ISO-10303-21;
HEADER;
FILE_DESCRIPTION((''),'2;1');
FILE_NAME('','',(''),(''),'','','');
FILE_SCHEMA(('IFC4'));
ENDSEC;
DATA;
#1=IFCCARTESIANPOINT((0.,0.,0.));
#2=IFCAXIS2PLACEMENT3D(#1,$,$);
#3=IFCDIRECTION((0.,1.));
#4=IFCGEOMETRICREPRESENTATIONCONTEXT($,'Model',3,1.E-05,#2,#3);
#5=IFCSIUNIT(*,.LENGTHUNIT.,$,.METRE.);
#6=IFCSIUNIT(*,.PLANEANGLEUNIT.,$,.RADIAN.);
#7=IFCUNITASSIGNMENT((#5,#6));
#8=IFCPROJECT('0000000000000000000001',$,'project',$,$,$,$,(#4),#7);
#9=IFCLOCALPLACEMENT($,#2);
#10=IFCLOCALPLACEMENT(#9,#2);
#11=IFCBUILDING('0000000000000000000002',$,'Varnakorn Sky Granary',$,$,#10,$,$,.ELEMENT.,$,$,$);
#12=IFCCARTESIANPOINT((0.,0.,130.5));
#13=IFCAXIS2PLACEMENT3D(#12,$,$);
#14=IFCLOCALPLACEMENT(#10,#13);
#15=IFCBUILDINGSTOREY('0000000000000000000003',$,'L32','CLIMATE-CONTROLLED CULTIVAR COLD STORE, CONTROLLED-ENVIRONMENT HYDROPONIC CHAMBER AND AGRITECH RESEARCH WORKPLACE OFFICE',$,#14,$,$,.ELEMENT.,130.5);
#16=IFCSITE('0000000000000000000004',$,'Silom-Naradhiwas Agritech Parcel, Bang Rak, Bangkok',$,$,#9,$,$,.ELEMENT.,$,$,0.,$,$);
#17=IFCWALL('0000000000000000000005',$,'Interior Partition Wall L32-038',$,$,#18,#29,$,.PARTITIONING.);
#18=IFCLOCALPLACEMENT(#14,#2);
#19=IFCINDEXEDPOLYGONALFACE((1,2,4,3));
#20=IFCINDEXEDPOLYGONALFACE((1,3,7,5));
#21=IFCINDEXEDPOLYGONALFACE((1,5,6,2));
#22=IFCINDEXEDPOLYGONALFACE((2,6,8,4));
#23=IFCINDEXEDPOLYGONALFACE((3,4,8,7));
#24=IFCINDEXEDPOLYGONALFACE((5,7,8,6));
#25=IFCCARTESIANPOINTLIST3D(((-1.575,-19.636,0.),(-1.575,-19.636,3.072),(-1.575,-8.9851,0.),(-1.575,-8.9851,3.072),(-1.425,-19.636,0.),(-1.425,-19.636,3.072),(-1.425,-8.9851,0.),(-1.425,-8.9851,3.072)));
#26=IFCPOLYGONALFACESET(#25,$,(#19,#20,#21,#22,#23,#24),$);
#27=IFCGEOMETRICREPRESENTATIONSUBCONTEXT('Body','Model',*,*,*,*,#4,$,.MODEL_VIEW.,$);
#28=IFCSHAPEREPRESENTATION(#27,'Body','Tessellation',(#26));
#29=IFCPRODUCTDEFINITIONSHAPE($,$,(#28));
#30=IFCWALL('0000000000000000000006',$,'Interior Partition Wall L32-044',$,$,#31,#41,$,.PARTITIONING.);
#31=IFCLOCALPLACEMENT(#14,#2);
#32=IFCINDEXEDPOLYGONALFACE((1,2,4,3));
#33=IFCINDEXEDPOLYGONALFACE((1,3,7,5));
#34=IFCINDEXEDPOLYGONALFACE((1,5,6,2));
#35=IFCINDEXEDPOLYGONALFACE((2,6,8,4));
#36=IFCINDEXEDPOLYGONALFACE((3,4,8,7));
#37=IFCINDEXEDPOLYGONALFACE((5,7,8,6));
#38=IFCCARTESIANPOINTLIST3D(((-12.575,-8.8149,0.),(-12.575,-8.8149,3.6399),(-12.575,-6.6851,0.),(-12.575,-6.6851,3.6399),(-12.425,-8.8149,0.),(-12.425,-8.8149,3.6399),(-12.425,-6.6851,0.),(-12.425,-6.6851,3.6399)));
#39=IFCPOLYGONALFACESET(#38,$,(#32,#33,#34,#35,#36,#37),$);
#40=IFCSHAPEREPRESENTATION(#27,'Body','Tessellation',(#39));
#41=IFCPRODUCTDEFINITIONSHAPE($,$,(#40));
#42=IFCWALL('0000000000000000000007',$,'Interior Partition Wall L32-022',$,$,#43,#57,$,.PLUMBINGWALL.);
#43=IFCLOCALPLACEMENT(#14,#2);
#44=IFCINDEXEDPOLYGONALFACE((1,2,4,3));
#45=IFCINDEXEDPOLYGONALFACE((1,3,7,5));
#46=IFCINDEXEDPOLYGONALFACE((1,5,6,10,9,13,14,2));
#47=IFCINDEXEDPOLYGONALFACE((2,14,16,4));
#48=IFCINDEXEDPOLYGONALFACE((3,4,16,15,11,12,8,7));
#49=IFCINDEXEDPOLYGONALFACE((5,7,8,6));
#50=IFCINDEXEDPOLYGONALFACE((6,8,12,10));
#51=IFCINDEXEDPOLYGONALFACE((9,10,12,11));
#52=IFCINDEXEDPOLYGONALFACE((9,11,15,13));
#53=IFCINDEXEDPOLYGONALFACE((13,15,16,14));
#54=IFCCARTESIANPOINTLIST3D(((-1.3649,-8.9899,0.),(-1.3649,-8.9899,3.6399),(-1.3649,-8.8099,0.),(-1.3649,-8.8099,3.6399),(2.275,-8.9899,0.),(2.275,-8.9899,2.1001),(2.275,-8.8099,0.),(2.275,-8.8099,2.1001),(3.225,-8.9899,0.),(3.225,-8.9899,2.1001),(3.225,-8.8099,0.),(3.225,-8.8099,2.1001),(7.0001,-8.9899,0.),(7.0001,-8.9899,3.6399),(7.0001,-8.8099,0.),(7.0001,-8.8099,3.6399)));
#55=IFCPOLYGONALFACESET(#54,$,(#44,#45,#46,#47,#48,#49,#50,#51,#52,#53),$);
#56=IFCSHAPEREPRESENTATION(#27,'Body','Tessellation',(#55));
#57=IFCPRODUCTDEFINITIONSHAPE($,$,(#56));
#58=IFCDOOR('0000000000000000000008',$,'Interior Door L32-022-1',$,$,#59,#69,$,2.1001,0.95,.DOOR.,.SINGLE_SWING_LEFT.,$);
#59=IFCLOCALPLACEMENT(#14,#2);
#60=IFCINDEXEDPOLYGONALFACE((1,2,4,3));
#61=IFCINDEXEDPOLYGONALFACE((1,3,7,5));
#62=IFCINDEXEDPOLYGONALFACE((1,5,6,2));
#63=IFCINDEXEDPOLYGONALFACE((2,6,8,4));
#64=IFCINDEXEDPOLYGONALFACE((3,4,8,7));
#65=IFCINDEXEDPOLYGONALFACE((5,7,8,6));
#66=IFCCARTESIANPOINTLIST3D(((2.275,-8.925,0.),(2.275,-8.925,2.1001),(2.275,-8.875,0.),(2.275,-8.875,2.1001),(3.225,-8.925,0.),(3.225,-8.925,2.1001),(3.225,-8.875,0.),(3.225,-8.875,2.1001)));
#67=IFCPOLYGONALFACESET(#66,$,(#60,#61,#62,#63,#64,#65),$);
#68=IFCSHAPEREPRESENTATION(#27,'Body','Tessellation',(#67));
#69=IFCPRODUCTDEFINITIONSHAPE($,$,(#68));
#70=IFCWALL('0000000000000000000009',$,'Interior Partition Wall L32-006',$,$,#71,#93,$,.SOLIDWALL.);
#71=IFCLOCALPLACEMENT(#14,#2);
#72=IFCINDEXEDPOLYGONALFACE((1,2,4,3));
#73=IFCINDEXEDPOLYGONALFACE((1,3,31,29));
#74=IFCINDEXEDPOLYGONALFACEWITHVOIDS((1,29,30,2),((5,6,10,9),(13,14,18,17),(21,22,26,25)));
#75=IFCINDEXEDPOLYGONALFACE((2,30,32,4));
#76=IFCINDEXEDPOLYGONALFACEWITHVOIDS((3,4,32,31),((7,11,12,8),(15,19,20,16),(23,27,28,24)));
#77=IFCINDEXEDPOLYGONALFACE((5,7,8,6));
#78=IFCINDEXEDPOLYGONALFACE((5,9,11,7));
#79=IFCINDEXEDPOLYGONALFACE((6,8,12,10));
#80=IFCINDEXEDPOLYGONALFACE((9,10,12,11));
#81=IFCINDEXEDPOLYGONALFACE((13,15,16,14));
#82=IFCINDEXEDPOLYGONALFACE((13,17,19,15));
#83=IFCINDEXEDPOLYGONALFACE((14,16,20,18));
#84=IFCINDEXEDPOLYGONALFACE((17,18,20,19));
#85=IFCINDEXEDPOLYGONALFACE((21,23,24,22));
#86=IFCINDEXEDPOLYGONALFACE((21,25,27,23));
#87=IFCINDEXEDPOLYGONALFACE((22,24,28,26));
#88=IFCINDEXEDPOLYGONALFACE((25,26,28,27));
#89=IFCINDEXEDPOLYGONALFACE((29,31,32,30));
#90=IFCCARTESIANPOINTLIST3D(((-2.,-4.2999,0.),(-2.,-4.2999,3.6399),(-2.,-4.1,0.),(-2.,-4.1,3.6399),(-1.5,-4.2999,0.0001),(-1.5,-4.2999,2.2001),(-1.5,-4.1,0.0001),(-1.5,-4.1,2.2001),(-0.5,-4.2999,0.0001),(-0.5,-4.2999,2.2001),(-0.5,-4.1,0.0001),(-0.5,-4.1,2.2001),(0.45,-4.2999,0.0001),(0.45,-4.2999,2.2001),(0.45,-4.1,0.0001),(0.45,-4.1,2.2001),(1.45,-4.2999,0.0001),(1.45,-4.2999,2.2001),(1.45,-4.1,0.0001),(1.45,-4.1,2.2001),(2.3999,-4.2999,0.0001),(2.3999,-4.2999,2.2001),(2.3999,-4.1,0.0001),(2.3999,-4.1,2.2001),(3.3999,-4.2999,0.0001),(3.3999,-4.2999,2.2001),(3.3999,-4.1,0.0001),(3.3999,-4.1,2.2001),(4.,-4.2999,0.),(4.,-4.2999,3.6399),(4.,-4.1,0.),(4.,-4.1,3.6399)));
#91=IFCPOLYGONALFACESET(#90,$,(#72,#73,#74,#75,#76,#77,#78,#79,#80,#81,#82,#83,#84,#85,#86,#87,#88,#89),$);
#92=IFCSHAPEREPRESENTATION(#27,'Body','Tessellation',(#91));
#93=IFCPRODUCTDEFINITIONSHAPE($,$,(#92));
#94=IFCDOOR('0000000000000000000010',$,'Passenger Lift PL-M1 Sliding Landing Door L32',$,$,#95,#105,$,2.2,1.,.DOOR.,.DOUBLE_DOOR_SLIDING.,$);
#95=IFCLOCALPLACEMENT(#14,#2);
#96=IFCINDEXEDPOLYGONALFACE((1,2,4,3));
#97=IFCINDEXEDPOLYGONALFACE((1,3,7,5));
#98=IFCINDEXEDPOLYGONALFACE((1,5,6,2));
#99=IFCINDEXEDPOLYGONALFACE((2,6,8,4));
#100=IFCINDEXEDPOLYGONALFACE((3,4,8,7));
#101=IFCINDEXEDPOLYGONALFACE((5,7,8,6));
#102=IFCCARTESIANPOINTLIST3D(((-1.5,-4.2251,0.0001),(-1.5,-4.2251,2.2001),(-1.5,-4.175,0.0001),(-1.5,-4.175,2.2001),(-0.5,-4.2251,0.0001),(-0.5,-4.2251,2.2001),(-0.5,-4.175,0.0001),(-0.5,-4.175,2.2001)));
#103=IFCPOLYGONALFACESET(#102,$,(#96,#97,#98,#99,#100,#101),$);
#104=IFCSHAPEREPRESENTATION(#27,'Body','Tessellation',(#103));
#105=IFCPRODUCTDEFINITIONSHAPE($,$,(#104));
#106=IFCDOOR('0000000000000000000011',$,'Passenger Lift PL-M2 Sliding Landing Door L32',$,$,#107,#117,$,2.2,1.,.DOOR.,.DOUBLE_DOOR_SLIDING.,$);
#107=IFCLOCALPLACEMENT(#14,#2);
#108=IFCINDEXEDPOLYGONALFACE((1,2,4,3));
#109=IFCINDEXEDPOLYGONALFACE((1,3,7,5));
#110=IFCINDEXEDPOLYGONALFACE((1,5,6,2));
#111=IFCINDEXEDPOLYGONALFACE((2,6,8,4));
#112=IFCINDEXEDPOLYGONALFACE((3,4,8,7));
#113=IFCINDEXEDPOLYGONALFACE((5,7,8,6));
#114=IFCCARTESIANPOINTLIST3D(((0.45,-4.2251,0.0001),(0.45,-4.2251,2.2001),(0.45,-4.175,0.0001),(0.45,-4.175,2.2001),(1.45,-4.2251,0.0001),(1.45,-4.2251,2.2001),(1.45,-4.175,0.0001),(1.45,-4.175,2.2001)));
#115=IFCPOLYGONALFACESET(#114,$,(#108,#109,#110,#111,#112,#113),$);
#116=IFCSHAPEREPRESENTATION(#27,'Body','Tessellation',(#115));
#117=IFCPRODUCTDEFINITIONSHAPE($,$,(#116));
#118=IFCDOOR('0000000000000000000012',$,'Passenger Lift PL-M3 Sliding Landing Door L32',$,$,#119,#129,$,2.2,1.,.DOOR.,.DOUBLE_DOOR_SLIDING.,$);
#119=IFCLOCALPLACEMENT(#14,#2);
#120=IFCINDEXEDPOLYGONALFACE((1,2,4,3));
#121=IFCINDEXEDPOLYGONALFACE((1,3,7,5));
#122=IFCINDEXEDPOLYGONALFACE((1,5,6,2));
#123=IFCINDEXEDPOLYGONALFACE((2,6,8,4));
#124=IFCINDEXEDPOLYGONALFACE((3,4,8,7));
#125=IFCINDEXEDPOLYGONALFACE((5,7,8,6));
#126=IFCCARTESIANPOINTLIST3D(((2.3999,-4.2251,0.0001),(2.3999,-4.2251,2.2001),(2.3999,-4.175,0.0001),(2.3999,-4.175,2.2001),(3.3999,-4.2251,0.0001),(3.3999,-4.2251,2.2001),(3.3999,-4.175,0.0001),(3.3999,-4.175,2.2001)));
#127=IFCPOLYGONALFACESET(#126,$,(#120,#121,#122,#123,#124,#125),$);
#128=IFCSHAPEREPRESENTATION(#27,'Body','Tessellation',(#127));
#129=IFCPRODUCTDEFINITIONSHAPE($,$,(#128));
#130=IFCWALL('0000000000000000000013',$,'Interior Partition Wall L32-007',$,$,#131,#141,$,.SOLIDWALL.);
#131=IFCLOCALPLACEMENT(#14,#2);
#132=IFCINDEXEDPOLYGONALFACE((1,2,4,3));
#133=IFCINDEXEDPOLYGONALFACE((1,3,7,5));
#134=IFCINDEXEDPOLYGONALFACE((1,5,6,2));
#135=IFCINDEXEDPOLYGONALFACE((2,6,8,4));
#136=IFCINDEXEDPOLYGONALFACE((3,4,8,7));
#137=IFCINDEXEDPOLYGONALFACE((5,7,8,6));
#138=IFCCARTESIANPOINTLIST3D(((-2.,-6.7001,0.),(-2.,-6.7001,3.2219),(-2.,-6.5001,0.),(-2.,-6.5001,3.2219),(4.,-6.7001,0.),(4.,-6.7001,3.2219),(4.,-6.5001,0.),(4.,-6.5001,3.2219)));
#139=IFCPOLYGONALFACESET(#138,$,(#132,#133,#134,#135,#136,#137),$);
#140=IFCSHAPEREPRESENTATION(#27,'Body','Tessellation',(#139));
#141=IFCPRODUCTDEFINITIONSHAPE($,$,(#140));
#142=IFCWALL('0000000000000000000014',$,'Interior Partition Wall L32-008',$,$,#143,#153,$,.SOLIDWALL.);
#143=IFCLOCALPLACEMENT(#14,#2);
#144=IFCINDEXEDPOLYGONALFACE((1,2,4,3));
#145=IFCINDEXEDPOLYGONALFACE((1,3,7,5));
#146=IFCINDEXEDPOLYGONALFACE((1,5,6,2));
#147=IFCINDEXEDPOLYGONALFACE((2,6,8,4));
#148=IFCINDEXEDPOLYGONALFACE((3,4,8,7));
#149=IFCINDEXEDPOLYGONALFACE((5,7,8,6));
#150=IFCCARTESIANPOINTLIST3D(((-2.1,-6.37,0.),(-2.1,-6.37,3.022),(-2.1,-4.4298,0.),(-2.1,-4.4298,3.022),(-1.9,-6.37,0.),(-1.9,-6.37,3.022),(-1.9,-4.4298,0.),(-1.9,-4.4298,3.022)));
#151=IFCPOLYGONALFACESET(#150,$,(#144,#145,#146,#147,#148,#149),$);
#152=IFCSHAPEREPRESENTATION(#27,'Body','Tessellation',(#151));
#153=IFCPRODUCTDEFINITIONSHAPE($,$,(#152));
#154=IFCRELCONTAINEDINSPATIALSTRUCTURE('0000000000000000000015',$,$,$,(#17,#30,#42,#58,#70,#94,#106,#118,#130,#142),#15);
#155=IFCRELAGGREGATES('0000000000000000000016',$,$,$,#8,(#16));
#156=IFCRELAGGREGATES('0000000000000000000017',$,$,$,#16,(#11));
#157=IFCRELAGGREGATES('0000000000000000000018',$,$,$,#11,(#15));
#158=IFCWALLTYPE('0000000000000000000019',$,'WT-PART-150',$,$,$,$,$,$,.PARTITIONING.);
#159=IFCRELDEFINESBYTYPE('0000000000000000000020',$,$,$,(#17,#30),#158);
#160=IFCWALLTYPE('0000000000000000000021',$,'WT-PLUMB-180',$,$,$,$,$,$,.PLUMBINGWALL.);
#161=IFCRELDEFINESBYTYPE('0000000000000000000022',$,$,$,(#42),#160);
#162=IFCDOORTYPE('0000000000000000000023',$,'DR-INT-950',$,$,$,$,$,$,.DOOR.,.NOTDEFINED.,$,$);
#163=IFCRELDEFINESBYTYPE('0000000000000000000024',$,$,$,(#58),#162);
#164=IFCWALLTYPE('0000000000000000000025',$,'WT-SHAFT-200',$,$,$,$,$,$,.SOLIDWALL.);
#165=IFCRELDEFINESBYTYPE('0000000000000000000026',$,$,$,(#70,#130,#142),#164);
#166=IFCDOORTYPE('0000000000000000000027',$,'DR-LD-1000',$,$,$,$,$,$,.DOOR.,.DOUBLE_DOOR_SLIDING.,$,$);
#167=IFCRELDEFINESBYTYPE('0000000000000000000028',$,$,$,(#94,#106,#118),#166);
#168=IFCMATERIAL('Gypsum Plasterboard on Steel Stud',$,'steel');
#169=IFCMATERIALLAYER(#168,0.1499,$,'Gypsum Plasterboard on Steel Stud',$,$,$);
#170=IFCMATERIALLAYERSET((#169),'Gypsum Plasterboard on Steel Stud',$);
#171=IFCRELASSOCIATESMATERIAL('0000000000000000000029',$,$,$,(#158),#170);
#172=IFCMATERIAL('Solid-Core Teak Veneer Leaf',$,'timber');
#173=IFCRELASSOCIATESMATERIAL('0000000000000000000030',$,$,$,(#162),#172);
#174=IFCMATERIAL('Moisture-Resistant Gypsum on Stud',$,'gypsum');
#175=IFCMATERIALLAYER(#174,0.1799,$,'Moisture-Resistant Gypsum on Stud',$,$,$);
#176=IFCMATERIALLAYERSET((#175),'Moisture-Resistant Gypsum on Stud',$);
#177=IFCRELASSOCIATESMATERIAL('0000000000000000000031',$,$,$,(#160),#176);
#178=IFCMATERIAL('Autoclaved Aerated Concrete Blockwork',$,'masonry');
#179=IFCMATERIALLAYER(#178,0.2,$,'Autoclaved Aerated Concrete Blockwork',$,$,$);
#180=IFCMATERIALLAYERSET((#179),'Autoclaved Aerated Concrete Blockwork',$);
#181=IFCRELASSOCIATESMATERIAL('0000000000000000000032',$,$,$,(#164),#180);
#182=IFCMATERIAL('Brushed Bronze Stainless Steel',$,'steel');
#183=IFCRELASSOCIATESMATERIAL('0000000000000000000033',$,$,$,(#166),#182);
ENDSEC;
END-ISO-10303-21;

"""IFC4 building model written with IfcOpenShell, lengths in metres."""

from ifc_helpers import new_model, si_unit, direction, frame, frame_2d, origin, place, context, subcontext, project, spatial, rectangle, extrude, material, layer, layer_set, type_object, element, fill, save


model = new_model("IFC4")

# Units and contexts
model_context = context("Model", 3, precision=1e-05, world=origin(), true_north=direction((0.0, 1.0)))
body_context = subcontext(model_context, "Body", "Model", "MODEL_VIEW")
ifc_project = project(units=[si_unit("LENGTHUNIT", "METRE"), si_unit("PLANEANGLEUNIT", "RADIAN")], contexts=[model_context])

# Site, building, storey
site_placement = place(None, origin())
site = spatial("IfcSite", under=ifc_project, at=site_placement, Name="Silom-Naradhiwas Agritech Parcel, Bang Rak, Bangkok", CompositionType="ELEMENT", RefElevation=0.0)
building_placement = place(site_placement, origin())
building = spatial("IfcBuilding", under=site, at=building_placement, Name="Varnakorn Sky Granary", CompositionType="ELEMENT")
storey_placement = place(building_placement, frame((0.0, 0.0, 130.5)))
storey = spatial("IfcBuildingStorey", under=building, at=storey_placement, Name="L32", Description="CLIMATE-CONTROLLED CULTIVAR COLD STORE, CONTROLLED-ENVIRONMENT HYDROPONIC CHAMBER AND AGRITECH RESEARCH WORKPLACE OFFICE", CompositionType="ELEMENT", Elevation=130.5)

# Shared definitions
ifc_material_1 = material(Name="Autoclaved Aerated Concrete Blockwork", Category="masonry")

# Shared definitions
ifc_material_2 = material(Name="Gypsum Plasterboard on Steel Stud", Category="steel")
ifc_layer_1 = layer(ifc_material_2, 0.1499, Name="Gypsum Plasterboard on Steel Stud")
ifc_layer_set_1 = layer_set([ifc_layer_1], Name="Gypsum Plasterboard on Steel Stud")
wall_type_1 = type_object("IfcWallType", Name="WT-PART-150", PredefinedType="PARTITIONING", material=ifc_layer_set_1)
ifc_material_3 = material(Name="Solid-Core Teak Veneer Leaf", Category="timber")
door_type_1 = type_object("IfcDoorType", Name="DR-INT-950", OperationType="NOTDEFINED", PredefinedType="DOOR", material=ifc_material_3)

# Walls
wall_1_placement = place(storey_placement, frame((-1.5, -8.9851, 0.0), z_axis=(0.0, 0.0, 1.0), x_axis=(0.0, -1.0, 0.0)))
element("IfcWall", 1, at=wall_1_placement, inside=storey, type_object=wall_type_1, Name="Interior Partition Wall L32-038", PredefinedType="PARTITIONING", context=body_context, shape_type="SweptSolid", body=[
    extrude(rectangle(XDim=10.6509, YDim=0.1499, at=frame_2d((5.3254, 0.0))), origin(), (0.0, 0.0, 1.0), 3.072),
])
wall_2_placement = place(storey_placement, frame((-12.5, -6.6851, 0.0), z_axis=(0.0, 0.0, 1.0), x_axis=(0.0, -1.0, 0.0)))
element("IfcWall", 2, at=wall_2_placement, inside=storey, type_object=wall_type_1, Name="Interior Partition Wall L32-044", PredefinedType="PARTITIONING", context=body_context, shape_type="SweptSolid", body=[
    extrude(rectangle(XDim=2.1299, YDim=0.1499, at=frame_2d((1.0649, 0.0))), origin(), (0.0, 0.0, 1.0), 3.6399),
])

# Wall, opening, door
ifc_material_4 = material(Name="Moisture-Resistant Gypsum on Stud", Category="gypsum")
ifc_layer_2 = layer(ifc_material_4, 0.1799, Name="Moisture-Resistant Gypsum on Stud")
ifc_layer_set_2 = layer_set([ifc_layer_2], Name="Moisture-Resistant Gypsum on Stud")
wall_type_2 = type_object("IfcWallType", Name="WT-PLUMB-180", PredefinedType="PLUMBINGWALL", material=ifc_layer_set_2)
wall_3_placement = place(storey_placement, frame((-1.365, -8.8999, 0.0), z_axis=(0.0, 0.0, 1.0), x_axis=(1.0, 0.0, 0.0)))
wall_3 = element("IfcWall", 3, at=wall_3_placement, inside=storey, type_object=wall_type_2, Name="Interior Partition Wall L32-022", PredefinedType="PLUMBINGWALL", context=body_context, shape_type="SweptSolid", body=[
    extrude(rectangle(XDim=8.365, YDim=0.1799, at=frame_2d((4.1826, 0.0))), origin(), (0.0, 0.0, 1.0), 3.6399),
])
opening_1_placement = place(wall_3_placement, frame((3.6399, 0.0, 0.0)))
opening_1 = element("IfcOpeningElement", 4, at=opening_1_placement, cuts=wall_3, PredefinedType="OPENING", context=body_context, shape_type="SweptSolid", body=[
    extrude(rectangle(XDim=0.95, YDim=2.1001, at=frame_2d((0.4751, 1.05))), frame((0.0, 0.1001, 0.0), z_axis=(0.0, -1.0, 0.0), x_axis=(1.0, 0.0, 0.0)), (0.0, 0.0, 1.0), 0.2),
])
door_1_placement = place(opening_1_placement, origin())
door_1 = element("IfcDoor", 5, at=door_1_placement, inside=storey, type_object=door_type_1, Name="Interior Door L32-022-1", OperationType="SINGLE_SWING_LEFT", OverallHeight=2.1001, OverallWidth=0.95, PredefinedType="DOOR", context=body_context, shape_type="SweptSolid", body=[
    extrude(rectangle(XDim=0.95, YDim=2.1001, at=frame_2d((0.4751, 1.05))), frame((0.0, 0.0249, 0.0), z_axis=(0.0, -1.0, 0.0), x_axis=(1.0, 0.0, 0.0)), (0.0, 0.0, 1.0), 0.05),
])
fill(opening_1, door_1)

# Wall, openings, doors
ifc_layer_3 = layer(ifc_material_1, 0.2, Name="Autoclaved Aerated Concrete Blockwork")
ifc_layer_set_3 = layer_set([ifc_layer_3], Name="Autoclaved Aerated Concrete Blockwork")
wall_type_3 = type_object("IfcWallType", Name="WT-SHAFT-200", PredefinedType="SOLIDWALL", material=ifc_layer_set_3)
wall_4_placement = place(storey_placement, frame((-2.0, -4.2, 0.0), z_axis=(0.0, 0.0, 1.0), x_axis=(1.0, 0.0, 0.0)))
wall_4 = element("IfcWall", 6, at=wall_4_placement, inside=storey, type_object=wall_type_3, Name="Interior Partition Wall L32-006", PredefinedType="SOLIDWALL", context=body_context, shape_type="SweptSolid", body=[
    extrude(rectangle(XDim=6.0, YDim=0.2, at=frame_2d((3.0, 0.0))), origin(), (0.0, 0.0, 1.0), 3.6399),
])
opening_2_placement = place(wall_4_placement, frame((0.5, 0.0, 0.0)))
opening_2 = element("IfcOpeningElement", 7, at=opening_2_placement, cuts=wall_4, PredefinedType="OPENING", context=body_context, shape_type="SweptSolid", body=[
    extrude(rectangle(XDim=1.0, YDim=2.2, at=frame_2d((0.5, 1.1001))), frame((0.0, 0.1099, 0.0), z_axis=(0.0, -1.0, 0.0), x_axis=(1.0, 0.0, 0.0)), (0.0, 0.0, 1.0), 0.22),
])
opening_3_placement = place(wall_4_placement, frame((2.45, 0.0, 0.0)))
opening_3 = element("IfcOpeningElement", 8, at=opening_3_placement, cuts=wall_4, PredefinedType="OPENING", context=body_context, shape_type="SweptSolid", body=[
    extrude(rectangle(XDim=1.0, YDim=2.2, at=frame_2d((0.5, 1.1001))), frame((0.0, 0.1099, 0.0), z_axis=(0.0, -1.0, 0.0), x_axis=(1.0, 0.0, 0.0)), (0.0, 0.0, 1.0), 0.22),
])
opening_4_placement = place(wall_4_placement, frame((4.3999, 0.0, 0.0)))
opening_4 = element("IfcOpeningElement", 9, at=opening_4_placement, cuts=wall_4, PredefinedType="OPENING", context=body_context, shape_type="SweptSolid", body=[
    extrude(rectangle(XDim=1.0, YDim=2.2, at=frame_2d((0.5, 1.1001))), frame((0.0, 0.1099, 0.0), z_axis=(0.0, -1.0, 0.0), x_axis=(1.0, 0.0, 0.0)), (0.0, 0.0, 1.0), 0.22),
])
ifc_material_5 = material(Name="Brushed Bronze Stainless Steel", Category="steel")
door_type_2 = type_object("IfcDoorType", Name="DR-LD-1000", OperationType="DOUBLE_DOOR_SLIDING", PredefinedType="DOOR", material=ifc_material_5)
door_2_placement = place(opening_2_placement, origin())
door_2 = element("IfcDoor", 10, at=door_2_placement, inside=storey, type_object=door_type_2, Name="Passenger Lift PL-M1 Sliding Landing Door L32", OperationType="DOUBLE_DOOR_SLIDING", OverallHeight=2.2, OverallWidth=1.0, PredefinedType="DOOR", context=body_context, shape_type="SweptSolid", body=[
    extrude(rectangle(XDim=1.0, YDim=2.2, at=frame_2d((0.5, 1.1001))), frame((0.0, 0.0249, 0.0), z_axis=(0.0, -1.0, 0.0), x_axis=(1.0, 0.0, 0.0)), (0.0, 0.0, 1.0), 0.05),
])
fill(opening_2, door_2)
door_3_placement = place(opening_3_placement, origin())
door_3 = element("IfcDoor", 11, at=door_3_placement, inside=storey, type_object=door_type_2, Name="Passenger Lift PL-M2 Sliding Landing Door L32", OperationType="DOUBLE_DOOR_SLIDING", OverallHeight=2.2, OverallWidth=1.0, PredefinedType="DOOR", context=body_context, shape_type="SweptSolid", body=[
    extrude(rectangle(XDim=1.0, YDim=2.2, at=frame_2d((0.5, 1.1001))), frame((0.0, 0.0249, 0.0), z_axis=(0.0, -1.0, 0.0), x_axis=(1.0, 0.0, 0.0)), (0.0, 0.0, 1.0), 0.05),
])
fill(opening_3, door_3)
door_4_placement = place(opening_4_placement, origin())
door_4 = element("IfcDoor", 12, at=door_4_placement, inside=storey, type_object=door_type_2, Name="Passenger Lift PL-M3 Sliding Landing Door L32", OperationType="DOUBLE_DOOR_SLIDING", OverallHeight=2.2, OverallWidth=1.0, PredefinedType="DOOR", context=body_context, shape_type="SweptSolid", body=[
    extrude(rectangle(XDim=1.0, YDim=2.2, at=frame_2d((0.5, 1.1001))), frame((0.0, 0.0249, 0.0), z_axis=(0.0, -1.0, 0.0), x_axis=(1.0, 0.0, 0.0)), (0.0, 0.0, 1.0), 0.05),
])
fill(opening_4, door_4)

# Walls
wall_5_placement = place(storey_placement, frame((-2.0, -6.6001, 0.0), z_axis=(0.0, 0.0, 1.0), x_axis=(1.0, 0.0, 0.0)))
element("IfcWall", 13, at=wall_5_placement, inside=storey, type_object=wall_type_3, Name="Interior Partition Wall L32-007", PredefinedType="SOLIDWALL", context=body_context, shape_type="SweptSolid", body=[
    extrude(rectangle(XDim=6.0, YDim=0.2, at=frame_2d((3.0, 0.0))), origin(), (0.0, 0.0, 1.0), 3.2219),
])
wall_6_placement = place(storey_placement, frame((-2.0, -6.3701, 0.0), z_axis=(0.0, 0.0, 1.0), x_axis=(0.0, 1.0, 0.0)))
element("IfcWall", 14, at=wall_6_placement, inside=storey, type_object=wall_type_3, Name="Interior Partition Wall L32-008", PredefinedType="SOLIDWALL", context=body_context, shape_type="SweptSolid", body=[
    extrude(rectangle(XDim=1.9402, YDim=0.2, at=frame_2d((0.9702, 0.0))), origin(), (0.0, 0.0, 1.0), 3.022),
])

save(model, "model.ifc")
